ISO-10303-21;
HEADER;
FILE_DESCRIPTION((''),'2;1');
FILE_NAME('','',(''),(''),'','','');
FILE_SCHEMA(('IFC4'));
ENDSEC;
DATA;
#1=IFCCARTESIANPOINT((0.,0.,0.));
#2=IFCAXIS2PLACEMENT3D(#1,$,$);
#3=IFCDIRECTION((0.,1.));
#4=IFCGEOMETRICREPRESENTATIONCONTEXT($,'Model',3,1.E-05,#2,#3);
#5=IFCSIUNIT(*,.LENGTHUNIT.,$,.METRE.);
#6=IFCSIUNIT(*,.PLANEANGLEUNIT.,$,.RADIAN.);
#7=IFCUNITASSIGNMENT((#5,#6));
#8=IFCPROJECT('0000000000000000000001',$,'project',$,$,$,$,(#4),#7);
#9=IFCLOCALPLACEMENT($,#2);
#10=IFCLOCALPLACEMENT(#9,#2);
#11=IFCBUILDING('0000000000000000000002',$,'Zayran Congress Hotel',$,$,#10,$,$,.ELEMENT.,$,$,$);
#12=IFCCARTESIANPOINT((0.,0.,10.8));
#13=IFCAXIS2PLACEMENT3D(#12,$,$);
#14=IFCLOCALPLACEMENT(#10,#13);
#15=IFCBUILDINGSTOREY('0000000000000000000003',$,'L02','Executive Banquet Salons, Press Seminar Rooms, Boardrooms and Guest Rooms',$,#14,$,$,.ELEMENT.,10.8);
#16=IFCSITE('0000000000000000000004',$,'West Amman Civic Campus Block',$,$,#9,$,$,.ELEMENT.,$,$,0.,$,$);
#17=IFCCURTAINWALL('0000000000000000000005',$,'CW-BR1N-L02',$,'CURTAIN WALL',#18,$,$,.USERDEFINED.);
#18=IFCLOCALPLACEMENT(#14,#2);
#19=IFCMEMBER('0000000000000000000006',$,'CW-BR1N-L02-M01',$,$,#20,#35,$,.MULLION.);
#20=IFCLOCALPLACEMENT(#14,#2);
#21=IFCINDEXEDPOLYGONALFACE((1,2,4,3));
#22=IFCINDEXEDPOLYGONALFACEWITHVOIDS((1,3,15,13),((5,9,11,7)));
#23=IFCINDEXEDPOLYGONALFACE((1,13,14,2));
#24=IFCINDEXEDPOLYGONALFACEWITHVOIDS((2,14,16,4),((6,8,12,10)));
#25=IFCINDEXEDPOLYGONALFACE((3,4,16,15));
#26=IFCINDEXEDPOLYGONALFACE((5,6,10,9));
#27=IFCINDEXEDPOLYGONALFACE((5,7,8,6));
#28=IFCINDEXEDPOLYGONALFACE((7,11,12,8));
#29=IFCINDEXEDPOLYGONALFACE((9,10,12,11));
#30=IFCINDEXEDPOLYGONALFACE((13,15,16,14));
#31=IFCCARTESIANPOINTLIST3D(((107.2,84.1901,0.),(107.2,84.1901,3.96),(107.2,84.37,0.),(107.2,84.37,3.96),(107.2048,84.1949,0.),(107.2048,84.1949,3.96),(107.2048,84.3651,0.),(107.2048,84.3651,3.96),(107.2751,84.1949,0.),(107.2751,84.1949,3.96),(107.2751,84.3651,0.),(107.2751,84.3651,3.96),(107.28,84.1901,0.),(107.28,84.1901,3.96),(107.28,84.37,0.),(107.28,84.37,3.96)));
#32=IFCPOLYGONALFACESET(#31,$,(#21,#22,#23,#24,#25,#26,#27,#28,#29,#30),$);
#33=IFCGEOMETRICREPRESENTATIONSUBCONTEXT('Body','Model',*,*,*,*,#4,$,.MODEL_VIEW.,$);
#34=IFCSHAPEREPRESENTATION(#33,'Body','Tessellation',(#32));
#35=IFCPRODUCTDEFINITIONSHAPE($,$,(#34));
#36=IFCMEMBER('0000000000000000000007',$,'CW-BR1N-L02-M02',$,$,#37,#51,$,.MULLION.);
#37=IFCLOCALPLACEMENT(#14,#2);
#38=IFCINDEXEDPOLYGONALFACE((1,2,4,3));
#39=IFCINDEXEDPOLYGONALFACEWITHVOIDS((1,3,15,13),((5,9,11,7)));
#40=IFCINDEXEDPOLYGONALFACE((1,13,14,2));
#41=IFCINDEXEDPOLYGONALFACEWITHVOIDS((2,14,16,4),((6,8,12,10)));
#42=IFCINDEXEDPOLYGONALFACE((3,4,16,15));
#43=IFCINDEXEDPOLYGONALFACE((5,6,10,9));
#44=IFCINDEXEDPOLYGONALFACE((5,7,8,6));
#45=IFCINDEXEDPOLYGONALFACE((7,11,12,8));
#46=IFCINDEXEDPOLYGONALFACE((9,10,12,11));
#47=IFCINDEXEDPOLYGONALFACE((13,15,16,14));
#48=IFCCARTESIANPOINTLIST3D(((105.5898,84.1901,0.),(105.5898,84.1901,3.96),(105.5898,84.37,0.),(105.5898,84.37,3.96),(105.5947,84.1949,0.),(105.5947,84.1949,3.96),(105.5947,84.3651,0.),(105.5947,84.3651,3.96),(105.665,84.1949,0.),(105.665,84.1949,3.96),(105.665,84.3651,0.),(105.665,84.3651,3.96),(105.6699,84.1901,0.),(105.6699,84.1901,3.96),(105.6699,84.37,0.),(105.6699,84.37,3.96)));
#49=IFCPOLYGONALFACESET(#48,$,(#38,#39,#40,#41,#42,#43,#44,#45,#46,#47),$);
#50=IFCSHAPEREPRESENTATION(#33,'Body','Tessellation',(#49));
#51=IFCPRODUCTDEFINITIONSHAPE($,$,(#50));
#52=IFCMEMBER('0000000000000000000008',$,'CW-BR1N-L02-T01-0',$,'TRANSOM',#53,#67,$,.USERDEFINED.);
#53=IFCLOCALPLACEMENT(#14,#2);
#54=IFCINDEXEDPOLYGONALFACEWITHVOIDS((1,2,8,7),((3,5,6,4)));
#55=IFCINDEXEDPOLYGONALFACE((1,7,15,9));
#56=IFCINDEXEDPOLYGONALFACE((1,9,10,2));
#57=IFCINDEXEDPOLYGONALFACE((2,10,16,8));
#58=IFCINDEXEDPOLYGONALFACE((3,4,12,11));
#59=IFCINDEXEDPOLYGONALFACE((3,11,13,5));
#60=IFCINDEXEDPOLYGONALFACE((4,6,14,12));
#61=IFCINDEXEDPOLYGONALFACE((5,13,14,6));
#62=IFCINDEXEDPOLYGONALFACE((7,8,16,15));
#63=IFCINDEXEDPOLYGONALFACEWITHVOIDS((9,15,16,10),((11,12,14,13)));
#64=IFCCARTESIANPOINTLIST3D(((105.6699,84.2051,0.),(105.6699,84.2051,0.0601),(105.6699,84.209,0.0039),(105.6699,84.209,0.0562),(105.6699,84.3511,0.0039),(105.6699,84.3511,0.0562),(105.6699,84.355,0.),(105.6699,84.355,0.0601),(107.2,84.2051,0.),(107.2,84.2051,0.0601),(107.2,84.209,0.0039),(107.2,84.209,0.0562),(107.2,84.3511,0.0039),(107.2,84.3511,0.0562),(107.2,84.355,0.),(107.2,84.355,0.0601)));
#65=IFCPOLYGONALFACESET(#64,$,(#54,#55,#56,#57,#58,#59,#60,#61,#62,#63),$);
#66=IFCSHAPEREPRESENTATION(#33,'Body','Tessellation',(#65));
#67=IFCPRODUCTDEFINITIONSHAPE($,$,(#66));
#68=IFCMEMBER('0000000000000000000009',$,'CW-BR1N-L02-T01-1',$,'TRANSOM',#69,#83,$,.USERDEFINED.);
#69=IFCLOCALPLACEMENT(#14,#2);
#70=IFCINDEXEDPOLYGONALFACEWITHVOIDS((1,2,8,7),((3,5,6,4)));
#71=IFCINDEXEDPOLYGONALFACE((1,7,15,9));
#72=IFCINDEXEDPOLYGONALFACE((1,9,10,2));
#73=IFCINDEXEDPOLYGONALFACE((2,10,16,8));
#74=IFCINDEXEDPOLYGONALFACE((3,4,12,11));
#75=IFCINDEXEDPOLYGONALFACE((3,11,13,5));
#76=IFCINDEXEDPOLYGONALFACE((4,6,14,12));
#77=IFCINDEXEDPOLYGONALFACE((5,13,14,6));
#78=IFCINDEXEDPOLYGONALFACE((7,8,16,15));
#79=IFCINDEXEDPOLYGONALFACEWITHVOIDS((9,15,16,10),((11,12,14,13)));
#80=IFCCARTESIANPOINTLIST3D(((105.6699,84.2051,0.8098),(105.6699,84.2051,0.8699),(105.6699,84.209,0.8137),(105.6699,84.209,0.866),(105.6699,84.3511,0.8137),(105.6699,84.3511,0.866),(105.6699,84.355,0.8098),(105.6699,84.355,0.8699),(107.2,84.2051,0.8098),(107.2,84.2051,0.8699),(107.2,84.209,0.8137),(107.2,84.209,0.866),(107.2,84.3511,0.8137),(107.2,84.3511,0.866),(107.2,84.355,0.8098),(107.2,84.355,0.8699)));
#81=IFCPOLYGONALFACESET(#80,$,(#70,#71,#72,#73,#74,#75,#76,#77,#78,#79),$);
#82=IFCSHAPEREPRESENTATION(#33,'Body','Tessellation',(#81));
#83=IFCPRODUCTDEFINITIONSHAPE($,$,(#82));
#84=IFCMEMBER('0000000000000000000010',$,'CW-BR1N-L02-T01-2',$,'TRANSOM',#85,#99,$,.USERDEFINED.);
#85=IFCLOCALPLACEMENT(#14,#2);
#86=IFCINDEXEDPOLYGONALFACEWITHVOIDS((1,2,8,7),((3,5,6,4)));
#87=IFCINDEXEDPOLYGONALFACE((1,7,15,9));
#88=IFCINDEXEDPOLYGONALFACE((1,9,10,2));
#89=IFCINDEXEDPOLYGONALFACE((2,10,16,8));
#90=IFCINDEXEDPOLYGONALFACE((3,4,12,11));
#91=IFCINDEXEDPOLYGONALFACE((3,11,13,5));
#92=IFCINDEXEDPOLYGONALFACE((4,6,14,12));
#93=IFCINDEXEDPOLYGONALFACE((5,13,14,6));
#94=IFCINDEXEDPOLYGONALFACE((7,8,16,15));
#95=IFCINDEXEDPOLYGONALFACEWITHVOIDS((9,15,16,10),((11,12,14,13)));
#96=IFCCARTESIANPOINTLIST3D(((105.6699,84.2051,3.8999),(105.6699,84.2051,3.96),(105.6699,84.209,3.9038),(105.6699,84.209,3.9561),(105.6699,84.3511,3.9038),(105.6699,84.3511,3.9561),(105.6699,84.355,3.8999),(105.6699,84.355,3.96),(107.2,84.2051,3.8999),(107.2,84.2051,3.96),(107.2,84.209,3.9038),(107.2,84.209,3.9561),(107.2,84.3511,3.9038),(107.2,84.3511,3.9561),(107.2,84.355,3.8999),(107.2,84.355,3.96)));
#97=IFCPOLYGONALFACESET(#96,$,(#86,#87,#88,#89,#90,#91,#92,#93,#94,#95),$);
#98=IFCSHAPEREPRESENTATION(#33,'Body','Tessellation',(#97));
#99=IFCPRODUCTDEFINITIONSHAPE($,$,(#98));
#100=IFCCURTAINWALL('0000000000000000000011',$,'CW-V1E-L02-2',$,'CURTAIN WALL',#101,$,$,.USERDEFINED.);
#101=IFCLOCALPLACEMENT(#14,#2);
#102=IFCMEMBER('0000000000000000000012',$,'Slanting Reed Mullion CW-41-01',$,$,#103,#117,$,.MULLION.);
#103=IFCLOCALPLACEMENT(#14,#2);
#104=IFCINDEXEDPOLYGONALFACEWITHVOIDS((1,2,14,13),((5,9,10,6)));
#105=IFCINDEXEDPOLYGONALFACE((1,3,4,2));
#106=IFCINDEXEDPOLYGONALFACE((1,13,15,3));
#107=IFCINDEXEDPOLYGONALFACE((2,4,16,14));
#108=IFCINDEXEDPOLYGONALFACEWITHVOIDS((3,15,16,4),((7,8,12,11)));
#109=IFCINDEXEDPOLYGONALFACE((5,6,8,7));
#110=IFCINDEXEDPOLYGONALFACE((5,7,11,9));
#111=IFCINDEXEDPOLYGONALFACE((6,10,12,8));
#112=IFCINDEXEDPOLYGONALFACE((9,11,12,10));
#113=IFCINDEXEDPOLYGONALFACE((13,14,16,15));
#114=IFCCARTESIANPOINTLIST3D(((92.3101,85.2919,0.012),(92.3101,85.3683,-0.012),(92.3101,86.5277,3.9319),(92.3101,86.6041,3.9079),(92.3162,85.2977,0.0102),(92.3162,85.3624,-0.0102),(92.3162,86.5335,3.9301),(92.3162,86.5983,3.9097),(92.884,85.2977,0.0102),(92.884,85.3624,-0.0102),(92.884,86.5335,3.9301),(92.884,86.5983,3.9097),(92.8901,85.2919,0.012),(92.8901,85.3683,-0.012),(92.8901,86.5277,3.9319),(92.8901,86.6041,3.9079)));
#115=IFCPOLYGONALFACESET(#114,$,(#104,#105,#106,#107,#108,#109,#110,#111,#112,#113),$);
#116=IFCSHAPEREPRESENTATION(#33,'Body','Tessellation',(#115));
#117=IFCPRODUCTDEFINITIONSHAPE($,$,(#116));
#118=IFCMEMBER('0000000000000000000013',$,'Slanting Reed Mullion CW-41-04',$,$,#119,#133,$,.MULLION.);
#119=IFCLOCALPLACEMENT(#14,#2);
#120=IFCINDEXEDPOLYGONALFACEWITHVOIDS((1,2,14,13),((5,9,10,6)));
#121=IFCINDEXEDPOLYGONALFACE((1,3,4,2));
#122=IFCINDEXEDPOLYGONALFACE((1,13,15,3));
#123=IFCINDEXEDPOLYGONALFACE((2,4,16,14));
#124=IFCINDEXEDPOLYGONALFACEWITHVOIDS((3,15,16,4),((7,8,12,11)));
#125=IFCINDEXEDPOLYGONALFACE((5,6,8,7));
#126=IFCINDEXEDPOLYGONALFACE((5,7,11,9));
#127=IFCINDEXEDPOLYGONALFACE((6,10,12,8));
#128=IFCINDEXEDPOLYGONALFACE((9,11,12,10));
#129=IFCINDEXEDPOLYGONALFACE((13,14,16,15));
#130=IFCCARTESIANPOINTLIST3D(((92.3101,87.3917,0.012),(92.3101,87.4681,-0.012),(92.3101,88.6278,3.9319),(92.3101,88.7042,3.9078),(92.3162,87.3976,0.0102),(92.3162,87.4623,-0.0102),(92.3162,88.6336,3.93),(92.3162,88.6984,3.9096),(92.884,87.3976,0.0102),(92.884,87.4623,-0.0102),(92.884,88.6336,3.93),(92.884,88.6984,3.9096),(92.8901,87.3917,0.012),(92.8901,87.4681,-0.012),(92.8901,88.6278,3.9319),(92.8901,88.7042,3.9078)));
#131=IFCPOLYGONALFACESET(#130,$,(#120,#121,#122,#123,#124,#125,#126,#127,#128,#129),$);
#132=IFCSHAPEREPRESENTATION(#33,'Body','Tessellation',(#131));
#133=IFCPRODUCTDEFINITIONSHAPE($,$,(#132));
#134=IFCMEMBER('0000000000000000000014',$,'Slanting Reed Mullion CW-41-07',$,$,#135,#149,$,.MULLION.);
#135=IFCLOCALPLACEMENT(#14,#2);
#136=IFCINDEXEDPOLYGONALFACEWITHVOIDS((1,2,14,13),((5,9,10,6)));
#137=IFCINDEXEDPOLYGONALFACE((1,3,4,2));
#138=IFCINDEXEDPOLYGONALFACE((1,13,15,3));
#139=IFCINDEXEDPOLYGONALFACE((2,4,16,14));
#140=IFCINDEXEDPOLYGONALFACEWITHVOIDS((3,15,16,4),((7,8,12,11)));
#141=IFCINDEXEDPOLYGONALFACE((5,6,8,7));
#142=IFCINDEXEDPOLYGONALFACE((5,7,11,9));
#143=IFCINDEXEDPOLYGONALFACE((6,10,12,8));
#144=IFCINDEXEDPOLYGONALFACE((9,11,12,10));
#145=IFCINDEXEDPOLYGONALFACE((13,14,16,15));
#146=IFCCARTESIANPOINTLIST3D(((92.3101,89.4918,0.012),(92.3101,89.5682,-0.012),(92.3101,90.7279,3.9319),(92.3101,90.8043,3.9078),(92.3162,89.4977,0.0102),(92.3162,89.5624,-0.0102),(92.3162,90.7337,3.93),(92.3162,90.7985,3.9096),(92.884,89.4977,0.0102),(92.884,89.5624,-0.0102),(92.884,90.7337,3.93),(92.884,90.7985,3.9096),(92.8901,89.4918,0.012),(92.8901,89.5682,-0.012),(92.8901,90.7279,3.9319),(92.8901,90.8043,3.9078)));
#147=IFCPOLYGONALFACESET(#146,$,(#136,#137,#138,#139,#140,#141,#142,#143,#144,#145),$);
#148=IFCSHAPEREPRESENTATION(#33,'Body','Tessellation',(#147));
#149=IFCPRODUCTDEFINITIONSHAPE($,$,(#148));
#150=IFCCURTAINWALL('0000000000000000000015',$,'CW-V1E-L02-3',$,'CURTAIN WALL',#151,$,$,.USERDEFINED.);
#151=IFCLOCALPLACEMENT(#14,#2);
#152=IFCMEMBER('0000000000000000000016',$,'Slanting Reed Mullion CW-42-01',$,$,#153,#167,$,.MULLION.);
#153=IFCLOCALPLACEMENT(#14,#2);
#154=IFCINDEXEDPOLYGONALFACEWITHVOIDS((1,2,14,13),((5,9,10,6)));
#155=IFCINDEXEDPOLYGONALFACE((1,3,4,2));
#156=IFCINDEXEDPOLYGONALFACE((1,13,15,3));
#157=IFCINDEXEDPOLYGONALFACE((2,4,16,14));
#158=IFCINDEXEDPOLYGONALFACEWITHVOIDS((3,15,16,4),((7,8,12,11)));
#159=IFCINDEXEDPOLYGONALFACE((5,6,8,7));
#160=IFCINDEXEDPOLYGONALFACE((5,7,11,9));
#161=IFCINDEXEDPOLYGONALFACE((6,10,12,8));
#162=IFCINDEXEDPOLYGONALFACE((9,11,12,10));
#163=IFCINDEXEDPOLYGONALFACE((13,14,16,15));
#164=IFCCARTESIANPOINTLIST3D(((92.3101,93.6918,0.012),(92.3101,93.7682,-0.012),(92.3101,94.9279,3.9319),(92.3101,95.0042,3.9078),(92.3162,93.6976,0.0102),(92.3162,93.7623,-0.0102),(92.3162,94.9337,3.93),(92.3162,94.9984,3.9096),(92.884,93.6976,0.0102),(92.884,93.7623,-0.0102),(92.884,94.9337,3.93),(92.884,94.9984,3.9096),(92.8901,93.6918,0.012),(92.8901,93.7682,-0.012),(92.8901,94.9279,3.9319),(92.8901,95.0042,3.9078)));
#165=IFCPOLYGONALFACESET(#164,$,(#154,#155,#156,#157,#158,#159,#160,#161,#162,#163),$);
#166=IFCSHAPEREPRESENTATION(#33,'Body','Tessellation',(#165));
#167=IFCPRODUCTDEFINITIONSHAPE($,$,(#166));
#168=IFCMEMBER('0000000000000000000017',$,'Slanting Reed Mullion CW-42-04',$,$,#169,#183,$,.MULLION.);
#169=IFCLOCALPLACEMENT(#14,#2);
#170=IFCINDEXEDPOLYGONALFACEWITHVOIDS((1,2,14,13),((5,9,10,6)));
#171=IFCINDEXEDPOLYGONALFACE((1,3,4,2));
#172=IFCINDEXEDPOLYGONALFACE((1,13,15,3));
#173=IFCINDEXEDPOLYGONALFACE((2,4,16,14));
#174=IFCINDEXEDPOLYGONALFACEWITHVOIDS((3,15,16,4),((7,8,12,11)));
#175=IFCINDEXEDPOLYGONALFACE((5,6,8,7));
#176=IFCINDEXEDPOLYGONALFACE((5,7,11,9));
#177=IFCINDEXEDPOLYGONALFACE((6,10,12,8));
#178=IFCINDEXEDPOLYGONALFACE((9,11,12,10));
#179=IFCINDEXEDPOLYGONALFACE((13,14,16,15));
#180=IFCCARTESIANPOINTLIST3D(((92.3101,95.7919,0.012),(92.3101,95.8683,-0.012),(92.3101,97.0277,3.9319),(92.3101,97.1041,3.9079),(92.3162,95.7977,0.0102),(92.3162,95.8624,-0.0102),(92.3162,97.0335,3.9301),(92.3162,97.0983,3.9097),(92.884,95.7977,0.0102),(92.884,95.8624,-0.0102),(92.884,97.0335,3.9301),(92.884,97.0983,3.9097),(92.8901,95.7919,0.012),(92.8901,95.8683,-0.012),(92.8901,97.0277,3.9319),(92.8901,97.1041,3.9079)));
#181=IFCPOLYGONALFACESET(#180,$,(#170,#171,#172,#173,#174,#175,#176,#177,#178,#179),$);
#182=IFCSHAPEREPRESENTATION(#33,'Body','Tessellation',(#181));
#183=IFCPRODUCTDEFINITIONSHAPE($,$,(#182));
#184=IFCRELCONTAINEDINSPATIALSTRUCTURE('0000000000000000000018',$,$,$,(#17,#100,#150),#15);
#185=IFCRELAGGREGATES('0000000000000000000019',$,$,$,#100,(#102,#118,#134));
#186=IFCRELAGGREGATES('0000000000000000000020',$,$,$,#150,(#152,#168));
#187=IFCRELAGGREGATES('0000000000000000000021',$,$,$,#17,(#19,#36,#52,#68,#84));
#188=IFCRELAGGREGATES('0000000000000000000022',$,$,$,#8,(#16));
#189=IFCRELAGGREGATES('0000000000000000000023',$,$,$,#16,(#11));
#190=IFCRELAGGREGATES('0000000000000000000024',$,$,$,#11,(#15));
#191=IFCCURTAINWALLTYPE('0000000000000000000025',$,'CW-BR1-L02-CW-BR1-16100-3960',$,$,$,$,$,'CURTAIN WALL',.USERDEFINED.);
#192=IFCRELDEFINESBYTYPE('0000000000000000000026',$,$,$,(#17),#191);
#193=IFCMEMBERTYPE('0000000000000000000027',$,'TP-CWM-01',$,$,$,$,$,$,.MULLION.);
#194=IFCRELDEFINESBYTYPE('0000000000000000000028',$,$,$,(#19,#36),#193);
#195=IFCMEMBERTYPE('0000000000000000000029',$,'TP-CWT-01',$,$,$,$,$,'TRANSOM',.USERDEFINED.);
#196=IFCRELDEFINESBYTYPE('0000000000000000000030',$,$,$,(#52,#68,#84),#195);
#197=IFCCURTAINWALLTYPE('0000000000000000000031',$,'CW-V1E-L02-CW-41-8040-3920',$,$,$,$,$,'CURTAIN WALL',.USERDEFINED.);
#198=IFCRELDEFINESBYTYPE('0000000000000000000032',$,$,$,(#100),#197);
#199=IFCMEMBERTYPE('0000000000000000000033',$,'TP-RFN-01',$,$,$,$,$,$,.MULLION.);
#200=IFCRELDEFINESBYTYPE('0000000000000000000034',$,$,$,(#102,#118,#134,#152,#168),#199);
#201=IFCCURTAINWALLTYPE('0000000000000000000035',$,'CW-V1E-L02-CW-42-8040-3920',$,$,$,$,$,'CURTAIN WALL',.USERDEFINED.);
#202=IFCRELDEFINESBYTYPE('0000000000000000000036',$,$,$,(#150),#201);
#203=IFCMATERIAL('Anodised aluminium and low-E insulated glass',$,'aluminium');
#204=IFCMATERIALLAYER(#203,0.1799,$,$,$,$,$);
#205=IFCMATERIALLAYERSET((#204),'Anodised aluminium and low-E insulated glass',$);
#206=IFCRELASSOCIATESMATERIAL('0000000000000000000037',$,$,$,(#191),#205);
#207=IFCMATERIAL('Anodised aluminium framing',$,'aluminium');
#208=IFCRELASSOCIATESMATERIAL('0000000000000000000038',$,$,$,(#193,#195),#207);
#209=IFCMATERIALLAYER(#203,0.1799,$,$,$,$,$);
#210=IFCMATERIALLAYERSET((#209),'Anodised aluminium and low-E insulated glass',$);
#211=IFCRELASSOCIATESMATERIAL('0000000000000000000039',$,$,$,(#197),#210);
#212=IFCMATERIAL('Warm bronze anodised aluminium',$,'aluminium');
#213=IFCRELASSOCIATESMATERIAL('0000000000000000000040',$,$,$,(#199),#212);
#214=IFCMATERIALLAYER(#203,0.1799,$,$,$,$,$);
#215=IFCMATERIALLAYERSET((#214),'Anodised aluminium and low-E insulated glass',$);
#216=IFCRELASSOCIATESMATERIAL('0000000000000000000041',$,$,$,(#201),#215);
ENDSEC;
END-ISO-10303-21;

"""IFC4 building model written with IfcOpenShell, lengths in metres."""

from ifc_helpers import new_model, si_unit, direction, frame, origin, origin_2d, place, context, subcontext, project, spatial, hollow_rectangle, extrude, material, layer, layer_set, material_profile, profile_set, type_object, element, aggregate, save


model = new_model("IFC4")

# Units and contexts
model_context = context("Model", 3, precision=1e-05, world=origin(), true_north=direction((0.0, 1.0)))
body_context = subcontext(model_context, "Body", "Model", "MODEL_VIEW")
ifc_project = project(units=[si_unit("LENGTHUNIT", "METRE"), si_unit("PLANEANGLEUNIT", "RADIAN")], contexts=[model_context])

# Site, building, storey
site_placement = place(None, origin())
site = spatial("IfcSite", under=ifc_project, at=site_placement, Name="West Amman Civic Campus Block", CompositionType="ELEMENT", RefElevation=0.0)
building_placement = place(site_placement, origin())
building = spatial("IfcBuilding", under=site, at=building_placement, Name="Zayran Congress Hotel", CompositionType="ELEMENT")
storey_placement = place(building_placement, frame((0.0, 0.0, 10.8)))
storey = spatial("IfcBuildingStorey", under=building, at=storey_placement, Name="L02", Description="Executive Banquet Salons, Press Seminar Rooms, Boardrooms and Guest Rooms", CompositionType="ELEMENT", Elevation=10.8)

# Curtain walls, members
ifc_material_1 = material(Name="Anodised aluminium and low-E insulated glass", Category="aluminium")
ifc_layer_1 = layer(ifc_material_1, 0.1799)
ifc_layer_set_1 = layer_set([ifc_layer_1], Name="Anodised aluminium and low-E insulated glass")
curtain_wall_type_1 = type_object("IfcCurtainWallType", Name="CW-BR1-L02-CW-BR1-16100-3960", ElementType="CURTAIN WALL", PredefinedType="USERDEFINED", material=ifc_layer_set_1)
curtain_wall_1_placement = place(storey_placement, origin())
curtain_wall_1 = element("IfcCurtainWall", 1, at=curtain_wall_1_placement, inside=storey, type_object=curtain_wall_type_1, Name="CW-BR1N-L02", ObjectType="CURTAIN WALL", PredefinedType="USERDEFINED")
ifc_material_2 = material(Name="Anodised aluminium framing", Category="aluminium")
ifc_material_profile_1 = material_profile(ifc_material_2, hollow_rectangle(XDim=0.0801, YDim=0.1799, WallThickness=0.0049, at=origin_2d()), Name="RHS 180x80x5")
ifc_profile_set_1 = profile_set([ifc_material_profile_1], Name="Anodised aluminium framing")
member_type_1 = type_object("IfcMemberType", Name="TP-CWM-01", PredefinedType="MULLION", material=ifc_profile_set_1)
member_1_placement = place(storey_placement, frame((107.24, 84.28, 0.0), z_axis=(0.0, 0.0, 1.0), x_axis=(1.0, 0.0, 0.0)))
member_1 = element("IfcMember", 2, at=member_1_placement, type_object=member_type_1, Name="CW-BR1N-L02-M01", PredefinedType="MULLION", context=body_context, shape_type="SweptSolid", body=[
    extrude(hollow_rectangle(XDim=0.0801, YDim=0.1799, WallThickness=0.0049, at=origin_2d()), origin(), (0.0, 0.0, 1.0), 3.96),
])
member_2_placement = place(storey_placement, frame((105.6299, 84.28, 0.0), z_axis=(0.0, 0.0, 1.0), x_axis=(1.0, 0.0, 0.0)))
member_2 = element("IfcMember", 3, at=member_2_placement, type_object=member_type_1, Name="CW-BR1N-L02-M02", PredefinedType="MULLION", context=body_context, shape_type="SweptSolid", body=[
    extrude(hollow_rectangle(XDim=0.0801, YDim=0.1799, WallThickness=0.0049, at=origin_2d()), origin(), (0.0, 0.0, 1.0), 3.96),
])
ifc_material_profile_2 = material_profile(ifc_material_2, hollow_rectangle(XDim=0.0601, YDim=0.1499, WallThickness=0.0039, at=origin_2d()), Name="RHS 150x60x4")
ifc_profile_set_2 = profile_set([ifc_material_profile_2], Name="Anodised aluminium framing")
member_type_2 = type_object("IfcMemberType", Name="TP-CWT-01", ElementType="TRANSOM", PredefinedType="USERDEFINED", material=ifc_profile_set_2)
member_3_placement = place(storey_placement, frame((107.2, 84.28, 0.03), z_axis=(-1.0, 0.0, 0.0), x_axis=(0.0, 0.0, 1.0)))
member_3 = element("IfcMember", 4, at=member_3_placement, type_object=member_type_2, Name="CW-BR1N-L02-T01-0", ObjectType="TRANSOM", PredefinedType="USERDEFINED", context=body_context, shape_type="SweptSolid", body=[
    extrude(hollow_rectangle(XDim=0.0601, YDim=0.1499, WallThickness=0.0039, at=origin_2d()), origin(), (0.0, 0.0, 1.0), 1.53),
])
member_4_placement = place(storey_placement, frame((107.2, 84.28, 0.8398), z_axis=(-1.0, 0.0, 0.0), x_axis=(0.0, 0.0, 1.0)))
member_4 = element("IfcMember", 5, at=member_4_placement, type_object=member_type_2, Name="CW-BR1N-L02-T01-1", ObjectType="TRANSOM", PredefinedType="USERDEFINED", context=body_context, shape_type="SweptSolid", body=[
    extrude(hollow_rectangle(XDim=0.0601, YDim=0.1499, WallThickness=0.0039, at=origin_2d()), origin(), (0.0, 0.0, 1.0), 1.53),
])
member_5_placement = place(storey_placement, frame((107.2, 84.28, 3.9299), z_axis=(-1.0, 0.0, 0.0), x_axis=(0.0, 0.0, 1.0)))
member_5 = element("IfcMember", 6, at=member_5_placement, type_object=member_type_2, Name="CW-BR1N-L02-T01-2", ObjectType="TRANSOM", PredefinedType="USERDEFINED", context=body_context, shape_type="SweptSolid", body=[
    extrude(hollow_rectangle(XDim=0.0601, YDim=0.1499, WallThickness=0.0039, at=origin_2d()), origin(), (0.0, 0.0, 1.0), 1.53),
])
ifc_layer_2 = layer(ifc_material_1, 0.1799)
ifc_layer_set_2 = layer_set([ifc_layer_2], Name="Anodised aluminium and low-E insulated glass")
curtain_wall_type_2 = type_object("IfcCurtainWallType", Name="CW-V1E-L02-CW-41-8040-3920", ElementType="CURTAIN WALL", PredefinedType="USERDEFINED", material=ifc_layer_set_2)
curtain_wall_2_placement = place(storey_placement, origin())
curtain_wall_2 = element("IfcCurtainWall", 7, at=curtain_wall_2_placement, inside=storey, type_object=curtain_wall_type_2, Name="CW-V1E-L02-2", ObjectType="CURTAIN WALL", PredefinedType="USERDEFINED")
ifc_material_3 = material(Name="Warm bronze anodised aluminium", Category="aluminium")
ifc_material_profile_3 = material_profile(ifc_material_3, hollow_rectangle(XDim=0.0801, YDim=0.5801, WallThickness=0.0061, at=origin_2d()), Name="RHS 580x80x6")
ifc_profile_set_3 = profile_set([ifc_material_profile_3], Name="Warm bronze anodised aluminium")
member_type_3 = type_object("IfcMemberType", Name="TP-RFN-01", PredefinedType="MULLION", material=ifc_profile_set_3)
member_6_placement = place(storey_placement, frame((92.6001, 85.3301, 0.0), z_axis=(0.0, 0.300682, 0.953724), x_axis=(0.0, -0.953724, 0.300682)))
member_6 = element("IfcMember", 8, at=member_6_placement, type_object=member_type_3, Name="Slanting Reed Mullion CW-41-01", PredefinedType="MULLION", context=body_context, shape_type="SweptSolid", body=[
    extrude(hollow_rectangle(XDim=0.0801, YDim=0.5801, WallThickness=0.0061, at=origin_2d()), origin(), (0.0, 0.0, 1.0), 4.1101),
])
member_7_placement = place(storey_placement, frame((92.6001, 87.4299, 0.0), z_axis=(0.0, 0.300736, 0.953707), x_axis=(0.0, -0.953707, 0.300736)))
member_7 = element("IfcMember", 9, at=member_7_placement, type_object=member_type_3, Name="Slanting Reed Mullion CW-41-04", PredefinedType="MULLION", context=body_context, shape_type="SweptSolid", body=[
    extrude(hollow_rectangle(XDim=0.0801, YDim=0.5801, WallThickness=0.0061, at=origin_2d()), origin(), (0.0, 0.0, 1.0), 4.1101),
])
member_8_placement = place(storey_placement, frame((92.6001, 89.53, 0.0), z_axis=(0.0, 0.300736, 0.953707), x_axis=(0.0, -0.953707, 0.300736)))
member_8 = element("IfcMember", 10, at=member_8_placement, type_object=member_type_3, Name="Slanting Reed Mullion CW-41-07", PredefinedType="MULLION", context=body_context, shape_type="SweptSolid", body=[
    extrude(hollow_rectangle(XDim=0.0801, YDim=0.5801, WallThickness=0.0061, at=origin_2d()), origin(), (0.0, 0.0, 1.0), 4.1101),
])
ifc_layer_3 = layer(ifc_material_1, 0.1799)
ifc_layer_set_3 = layer_set([ifc_layer_3], Name="Anodised aluminium and low-E insulated glass")
curtain_wall_type_3 = type_object("IfcCurtainWallType", Name="CW-V1E-L02-CW-42-8040-3920", ElementType="CURTAIN WALL", PredefinedType="USERDEFINED", material=ifc_layer_set_3)
curtain_wall_3_placement = place(storey_placement, origin())
curtain_wall_3 = element("IfcCurtainWall", 11, at=curtain_wall_3_placement, inside=storey, type_object=curtain_wall_type_3, Name="CW-V1E-L02-3", ObjectType="CURTAIN WALL", PredefinedType="USERDEFINED")
member_9_placement = place(storey_placement, frame((92.6001, 93.73, 0.0), z_axis=(0.0, 0.300736, 0.953707), x_axis=(0.0, -0.953707, 0.300736)))
member_9 = element("IfcMember", 12, at=member_9_placement, type_object=member_type_3, Name="Slanting Reed Mullion CW-42-01", PredefinedType="MULLION", context=body_context, shape_type="SweptSolid", body=[
    extrude(hollow_rectangle(XDim=0.0801, YDim=0.5801, WallThickness=0.0061, at=origin_2d()), origin(), (0.0, 0.0, 1.0), 4.1101),
])
member_10_placement = place(storey_placement, frame((92.6001, 95.8301, 0.0), z_axis=(0.0, 0.300682, 0.953724), x_axis=(0.0, -0.953724, 0.300682)))
member_10 = element("IfcMember", 13, at=member_10_placement, type_object=member_type_3, Name="Slanting Reed Mullion CW-42-04", PredefinedType="MULLION", context=body_context, shape_type="SweptSolid", body=[
    extrude(hollow_rectangle(XDim=0.0801, YDim=0.5801, WallThickness=0.0061, at=origin_2d()), origin(), (0.0, 0.0, 1.0), 4.1101),
])

aggregate(curtain_wall_2, [member_6, member_7, member_8])
aggregate(curtain_wall_3, [member_9, member_10])

aggregate(curtain_wall_1, [member_1, member_2, member_3, member_4, member_5])

save(model, "model.ifc")
